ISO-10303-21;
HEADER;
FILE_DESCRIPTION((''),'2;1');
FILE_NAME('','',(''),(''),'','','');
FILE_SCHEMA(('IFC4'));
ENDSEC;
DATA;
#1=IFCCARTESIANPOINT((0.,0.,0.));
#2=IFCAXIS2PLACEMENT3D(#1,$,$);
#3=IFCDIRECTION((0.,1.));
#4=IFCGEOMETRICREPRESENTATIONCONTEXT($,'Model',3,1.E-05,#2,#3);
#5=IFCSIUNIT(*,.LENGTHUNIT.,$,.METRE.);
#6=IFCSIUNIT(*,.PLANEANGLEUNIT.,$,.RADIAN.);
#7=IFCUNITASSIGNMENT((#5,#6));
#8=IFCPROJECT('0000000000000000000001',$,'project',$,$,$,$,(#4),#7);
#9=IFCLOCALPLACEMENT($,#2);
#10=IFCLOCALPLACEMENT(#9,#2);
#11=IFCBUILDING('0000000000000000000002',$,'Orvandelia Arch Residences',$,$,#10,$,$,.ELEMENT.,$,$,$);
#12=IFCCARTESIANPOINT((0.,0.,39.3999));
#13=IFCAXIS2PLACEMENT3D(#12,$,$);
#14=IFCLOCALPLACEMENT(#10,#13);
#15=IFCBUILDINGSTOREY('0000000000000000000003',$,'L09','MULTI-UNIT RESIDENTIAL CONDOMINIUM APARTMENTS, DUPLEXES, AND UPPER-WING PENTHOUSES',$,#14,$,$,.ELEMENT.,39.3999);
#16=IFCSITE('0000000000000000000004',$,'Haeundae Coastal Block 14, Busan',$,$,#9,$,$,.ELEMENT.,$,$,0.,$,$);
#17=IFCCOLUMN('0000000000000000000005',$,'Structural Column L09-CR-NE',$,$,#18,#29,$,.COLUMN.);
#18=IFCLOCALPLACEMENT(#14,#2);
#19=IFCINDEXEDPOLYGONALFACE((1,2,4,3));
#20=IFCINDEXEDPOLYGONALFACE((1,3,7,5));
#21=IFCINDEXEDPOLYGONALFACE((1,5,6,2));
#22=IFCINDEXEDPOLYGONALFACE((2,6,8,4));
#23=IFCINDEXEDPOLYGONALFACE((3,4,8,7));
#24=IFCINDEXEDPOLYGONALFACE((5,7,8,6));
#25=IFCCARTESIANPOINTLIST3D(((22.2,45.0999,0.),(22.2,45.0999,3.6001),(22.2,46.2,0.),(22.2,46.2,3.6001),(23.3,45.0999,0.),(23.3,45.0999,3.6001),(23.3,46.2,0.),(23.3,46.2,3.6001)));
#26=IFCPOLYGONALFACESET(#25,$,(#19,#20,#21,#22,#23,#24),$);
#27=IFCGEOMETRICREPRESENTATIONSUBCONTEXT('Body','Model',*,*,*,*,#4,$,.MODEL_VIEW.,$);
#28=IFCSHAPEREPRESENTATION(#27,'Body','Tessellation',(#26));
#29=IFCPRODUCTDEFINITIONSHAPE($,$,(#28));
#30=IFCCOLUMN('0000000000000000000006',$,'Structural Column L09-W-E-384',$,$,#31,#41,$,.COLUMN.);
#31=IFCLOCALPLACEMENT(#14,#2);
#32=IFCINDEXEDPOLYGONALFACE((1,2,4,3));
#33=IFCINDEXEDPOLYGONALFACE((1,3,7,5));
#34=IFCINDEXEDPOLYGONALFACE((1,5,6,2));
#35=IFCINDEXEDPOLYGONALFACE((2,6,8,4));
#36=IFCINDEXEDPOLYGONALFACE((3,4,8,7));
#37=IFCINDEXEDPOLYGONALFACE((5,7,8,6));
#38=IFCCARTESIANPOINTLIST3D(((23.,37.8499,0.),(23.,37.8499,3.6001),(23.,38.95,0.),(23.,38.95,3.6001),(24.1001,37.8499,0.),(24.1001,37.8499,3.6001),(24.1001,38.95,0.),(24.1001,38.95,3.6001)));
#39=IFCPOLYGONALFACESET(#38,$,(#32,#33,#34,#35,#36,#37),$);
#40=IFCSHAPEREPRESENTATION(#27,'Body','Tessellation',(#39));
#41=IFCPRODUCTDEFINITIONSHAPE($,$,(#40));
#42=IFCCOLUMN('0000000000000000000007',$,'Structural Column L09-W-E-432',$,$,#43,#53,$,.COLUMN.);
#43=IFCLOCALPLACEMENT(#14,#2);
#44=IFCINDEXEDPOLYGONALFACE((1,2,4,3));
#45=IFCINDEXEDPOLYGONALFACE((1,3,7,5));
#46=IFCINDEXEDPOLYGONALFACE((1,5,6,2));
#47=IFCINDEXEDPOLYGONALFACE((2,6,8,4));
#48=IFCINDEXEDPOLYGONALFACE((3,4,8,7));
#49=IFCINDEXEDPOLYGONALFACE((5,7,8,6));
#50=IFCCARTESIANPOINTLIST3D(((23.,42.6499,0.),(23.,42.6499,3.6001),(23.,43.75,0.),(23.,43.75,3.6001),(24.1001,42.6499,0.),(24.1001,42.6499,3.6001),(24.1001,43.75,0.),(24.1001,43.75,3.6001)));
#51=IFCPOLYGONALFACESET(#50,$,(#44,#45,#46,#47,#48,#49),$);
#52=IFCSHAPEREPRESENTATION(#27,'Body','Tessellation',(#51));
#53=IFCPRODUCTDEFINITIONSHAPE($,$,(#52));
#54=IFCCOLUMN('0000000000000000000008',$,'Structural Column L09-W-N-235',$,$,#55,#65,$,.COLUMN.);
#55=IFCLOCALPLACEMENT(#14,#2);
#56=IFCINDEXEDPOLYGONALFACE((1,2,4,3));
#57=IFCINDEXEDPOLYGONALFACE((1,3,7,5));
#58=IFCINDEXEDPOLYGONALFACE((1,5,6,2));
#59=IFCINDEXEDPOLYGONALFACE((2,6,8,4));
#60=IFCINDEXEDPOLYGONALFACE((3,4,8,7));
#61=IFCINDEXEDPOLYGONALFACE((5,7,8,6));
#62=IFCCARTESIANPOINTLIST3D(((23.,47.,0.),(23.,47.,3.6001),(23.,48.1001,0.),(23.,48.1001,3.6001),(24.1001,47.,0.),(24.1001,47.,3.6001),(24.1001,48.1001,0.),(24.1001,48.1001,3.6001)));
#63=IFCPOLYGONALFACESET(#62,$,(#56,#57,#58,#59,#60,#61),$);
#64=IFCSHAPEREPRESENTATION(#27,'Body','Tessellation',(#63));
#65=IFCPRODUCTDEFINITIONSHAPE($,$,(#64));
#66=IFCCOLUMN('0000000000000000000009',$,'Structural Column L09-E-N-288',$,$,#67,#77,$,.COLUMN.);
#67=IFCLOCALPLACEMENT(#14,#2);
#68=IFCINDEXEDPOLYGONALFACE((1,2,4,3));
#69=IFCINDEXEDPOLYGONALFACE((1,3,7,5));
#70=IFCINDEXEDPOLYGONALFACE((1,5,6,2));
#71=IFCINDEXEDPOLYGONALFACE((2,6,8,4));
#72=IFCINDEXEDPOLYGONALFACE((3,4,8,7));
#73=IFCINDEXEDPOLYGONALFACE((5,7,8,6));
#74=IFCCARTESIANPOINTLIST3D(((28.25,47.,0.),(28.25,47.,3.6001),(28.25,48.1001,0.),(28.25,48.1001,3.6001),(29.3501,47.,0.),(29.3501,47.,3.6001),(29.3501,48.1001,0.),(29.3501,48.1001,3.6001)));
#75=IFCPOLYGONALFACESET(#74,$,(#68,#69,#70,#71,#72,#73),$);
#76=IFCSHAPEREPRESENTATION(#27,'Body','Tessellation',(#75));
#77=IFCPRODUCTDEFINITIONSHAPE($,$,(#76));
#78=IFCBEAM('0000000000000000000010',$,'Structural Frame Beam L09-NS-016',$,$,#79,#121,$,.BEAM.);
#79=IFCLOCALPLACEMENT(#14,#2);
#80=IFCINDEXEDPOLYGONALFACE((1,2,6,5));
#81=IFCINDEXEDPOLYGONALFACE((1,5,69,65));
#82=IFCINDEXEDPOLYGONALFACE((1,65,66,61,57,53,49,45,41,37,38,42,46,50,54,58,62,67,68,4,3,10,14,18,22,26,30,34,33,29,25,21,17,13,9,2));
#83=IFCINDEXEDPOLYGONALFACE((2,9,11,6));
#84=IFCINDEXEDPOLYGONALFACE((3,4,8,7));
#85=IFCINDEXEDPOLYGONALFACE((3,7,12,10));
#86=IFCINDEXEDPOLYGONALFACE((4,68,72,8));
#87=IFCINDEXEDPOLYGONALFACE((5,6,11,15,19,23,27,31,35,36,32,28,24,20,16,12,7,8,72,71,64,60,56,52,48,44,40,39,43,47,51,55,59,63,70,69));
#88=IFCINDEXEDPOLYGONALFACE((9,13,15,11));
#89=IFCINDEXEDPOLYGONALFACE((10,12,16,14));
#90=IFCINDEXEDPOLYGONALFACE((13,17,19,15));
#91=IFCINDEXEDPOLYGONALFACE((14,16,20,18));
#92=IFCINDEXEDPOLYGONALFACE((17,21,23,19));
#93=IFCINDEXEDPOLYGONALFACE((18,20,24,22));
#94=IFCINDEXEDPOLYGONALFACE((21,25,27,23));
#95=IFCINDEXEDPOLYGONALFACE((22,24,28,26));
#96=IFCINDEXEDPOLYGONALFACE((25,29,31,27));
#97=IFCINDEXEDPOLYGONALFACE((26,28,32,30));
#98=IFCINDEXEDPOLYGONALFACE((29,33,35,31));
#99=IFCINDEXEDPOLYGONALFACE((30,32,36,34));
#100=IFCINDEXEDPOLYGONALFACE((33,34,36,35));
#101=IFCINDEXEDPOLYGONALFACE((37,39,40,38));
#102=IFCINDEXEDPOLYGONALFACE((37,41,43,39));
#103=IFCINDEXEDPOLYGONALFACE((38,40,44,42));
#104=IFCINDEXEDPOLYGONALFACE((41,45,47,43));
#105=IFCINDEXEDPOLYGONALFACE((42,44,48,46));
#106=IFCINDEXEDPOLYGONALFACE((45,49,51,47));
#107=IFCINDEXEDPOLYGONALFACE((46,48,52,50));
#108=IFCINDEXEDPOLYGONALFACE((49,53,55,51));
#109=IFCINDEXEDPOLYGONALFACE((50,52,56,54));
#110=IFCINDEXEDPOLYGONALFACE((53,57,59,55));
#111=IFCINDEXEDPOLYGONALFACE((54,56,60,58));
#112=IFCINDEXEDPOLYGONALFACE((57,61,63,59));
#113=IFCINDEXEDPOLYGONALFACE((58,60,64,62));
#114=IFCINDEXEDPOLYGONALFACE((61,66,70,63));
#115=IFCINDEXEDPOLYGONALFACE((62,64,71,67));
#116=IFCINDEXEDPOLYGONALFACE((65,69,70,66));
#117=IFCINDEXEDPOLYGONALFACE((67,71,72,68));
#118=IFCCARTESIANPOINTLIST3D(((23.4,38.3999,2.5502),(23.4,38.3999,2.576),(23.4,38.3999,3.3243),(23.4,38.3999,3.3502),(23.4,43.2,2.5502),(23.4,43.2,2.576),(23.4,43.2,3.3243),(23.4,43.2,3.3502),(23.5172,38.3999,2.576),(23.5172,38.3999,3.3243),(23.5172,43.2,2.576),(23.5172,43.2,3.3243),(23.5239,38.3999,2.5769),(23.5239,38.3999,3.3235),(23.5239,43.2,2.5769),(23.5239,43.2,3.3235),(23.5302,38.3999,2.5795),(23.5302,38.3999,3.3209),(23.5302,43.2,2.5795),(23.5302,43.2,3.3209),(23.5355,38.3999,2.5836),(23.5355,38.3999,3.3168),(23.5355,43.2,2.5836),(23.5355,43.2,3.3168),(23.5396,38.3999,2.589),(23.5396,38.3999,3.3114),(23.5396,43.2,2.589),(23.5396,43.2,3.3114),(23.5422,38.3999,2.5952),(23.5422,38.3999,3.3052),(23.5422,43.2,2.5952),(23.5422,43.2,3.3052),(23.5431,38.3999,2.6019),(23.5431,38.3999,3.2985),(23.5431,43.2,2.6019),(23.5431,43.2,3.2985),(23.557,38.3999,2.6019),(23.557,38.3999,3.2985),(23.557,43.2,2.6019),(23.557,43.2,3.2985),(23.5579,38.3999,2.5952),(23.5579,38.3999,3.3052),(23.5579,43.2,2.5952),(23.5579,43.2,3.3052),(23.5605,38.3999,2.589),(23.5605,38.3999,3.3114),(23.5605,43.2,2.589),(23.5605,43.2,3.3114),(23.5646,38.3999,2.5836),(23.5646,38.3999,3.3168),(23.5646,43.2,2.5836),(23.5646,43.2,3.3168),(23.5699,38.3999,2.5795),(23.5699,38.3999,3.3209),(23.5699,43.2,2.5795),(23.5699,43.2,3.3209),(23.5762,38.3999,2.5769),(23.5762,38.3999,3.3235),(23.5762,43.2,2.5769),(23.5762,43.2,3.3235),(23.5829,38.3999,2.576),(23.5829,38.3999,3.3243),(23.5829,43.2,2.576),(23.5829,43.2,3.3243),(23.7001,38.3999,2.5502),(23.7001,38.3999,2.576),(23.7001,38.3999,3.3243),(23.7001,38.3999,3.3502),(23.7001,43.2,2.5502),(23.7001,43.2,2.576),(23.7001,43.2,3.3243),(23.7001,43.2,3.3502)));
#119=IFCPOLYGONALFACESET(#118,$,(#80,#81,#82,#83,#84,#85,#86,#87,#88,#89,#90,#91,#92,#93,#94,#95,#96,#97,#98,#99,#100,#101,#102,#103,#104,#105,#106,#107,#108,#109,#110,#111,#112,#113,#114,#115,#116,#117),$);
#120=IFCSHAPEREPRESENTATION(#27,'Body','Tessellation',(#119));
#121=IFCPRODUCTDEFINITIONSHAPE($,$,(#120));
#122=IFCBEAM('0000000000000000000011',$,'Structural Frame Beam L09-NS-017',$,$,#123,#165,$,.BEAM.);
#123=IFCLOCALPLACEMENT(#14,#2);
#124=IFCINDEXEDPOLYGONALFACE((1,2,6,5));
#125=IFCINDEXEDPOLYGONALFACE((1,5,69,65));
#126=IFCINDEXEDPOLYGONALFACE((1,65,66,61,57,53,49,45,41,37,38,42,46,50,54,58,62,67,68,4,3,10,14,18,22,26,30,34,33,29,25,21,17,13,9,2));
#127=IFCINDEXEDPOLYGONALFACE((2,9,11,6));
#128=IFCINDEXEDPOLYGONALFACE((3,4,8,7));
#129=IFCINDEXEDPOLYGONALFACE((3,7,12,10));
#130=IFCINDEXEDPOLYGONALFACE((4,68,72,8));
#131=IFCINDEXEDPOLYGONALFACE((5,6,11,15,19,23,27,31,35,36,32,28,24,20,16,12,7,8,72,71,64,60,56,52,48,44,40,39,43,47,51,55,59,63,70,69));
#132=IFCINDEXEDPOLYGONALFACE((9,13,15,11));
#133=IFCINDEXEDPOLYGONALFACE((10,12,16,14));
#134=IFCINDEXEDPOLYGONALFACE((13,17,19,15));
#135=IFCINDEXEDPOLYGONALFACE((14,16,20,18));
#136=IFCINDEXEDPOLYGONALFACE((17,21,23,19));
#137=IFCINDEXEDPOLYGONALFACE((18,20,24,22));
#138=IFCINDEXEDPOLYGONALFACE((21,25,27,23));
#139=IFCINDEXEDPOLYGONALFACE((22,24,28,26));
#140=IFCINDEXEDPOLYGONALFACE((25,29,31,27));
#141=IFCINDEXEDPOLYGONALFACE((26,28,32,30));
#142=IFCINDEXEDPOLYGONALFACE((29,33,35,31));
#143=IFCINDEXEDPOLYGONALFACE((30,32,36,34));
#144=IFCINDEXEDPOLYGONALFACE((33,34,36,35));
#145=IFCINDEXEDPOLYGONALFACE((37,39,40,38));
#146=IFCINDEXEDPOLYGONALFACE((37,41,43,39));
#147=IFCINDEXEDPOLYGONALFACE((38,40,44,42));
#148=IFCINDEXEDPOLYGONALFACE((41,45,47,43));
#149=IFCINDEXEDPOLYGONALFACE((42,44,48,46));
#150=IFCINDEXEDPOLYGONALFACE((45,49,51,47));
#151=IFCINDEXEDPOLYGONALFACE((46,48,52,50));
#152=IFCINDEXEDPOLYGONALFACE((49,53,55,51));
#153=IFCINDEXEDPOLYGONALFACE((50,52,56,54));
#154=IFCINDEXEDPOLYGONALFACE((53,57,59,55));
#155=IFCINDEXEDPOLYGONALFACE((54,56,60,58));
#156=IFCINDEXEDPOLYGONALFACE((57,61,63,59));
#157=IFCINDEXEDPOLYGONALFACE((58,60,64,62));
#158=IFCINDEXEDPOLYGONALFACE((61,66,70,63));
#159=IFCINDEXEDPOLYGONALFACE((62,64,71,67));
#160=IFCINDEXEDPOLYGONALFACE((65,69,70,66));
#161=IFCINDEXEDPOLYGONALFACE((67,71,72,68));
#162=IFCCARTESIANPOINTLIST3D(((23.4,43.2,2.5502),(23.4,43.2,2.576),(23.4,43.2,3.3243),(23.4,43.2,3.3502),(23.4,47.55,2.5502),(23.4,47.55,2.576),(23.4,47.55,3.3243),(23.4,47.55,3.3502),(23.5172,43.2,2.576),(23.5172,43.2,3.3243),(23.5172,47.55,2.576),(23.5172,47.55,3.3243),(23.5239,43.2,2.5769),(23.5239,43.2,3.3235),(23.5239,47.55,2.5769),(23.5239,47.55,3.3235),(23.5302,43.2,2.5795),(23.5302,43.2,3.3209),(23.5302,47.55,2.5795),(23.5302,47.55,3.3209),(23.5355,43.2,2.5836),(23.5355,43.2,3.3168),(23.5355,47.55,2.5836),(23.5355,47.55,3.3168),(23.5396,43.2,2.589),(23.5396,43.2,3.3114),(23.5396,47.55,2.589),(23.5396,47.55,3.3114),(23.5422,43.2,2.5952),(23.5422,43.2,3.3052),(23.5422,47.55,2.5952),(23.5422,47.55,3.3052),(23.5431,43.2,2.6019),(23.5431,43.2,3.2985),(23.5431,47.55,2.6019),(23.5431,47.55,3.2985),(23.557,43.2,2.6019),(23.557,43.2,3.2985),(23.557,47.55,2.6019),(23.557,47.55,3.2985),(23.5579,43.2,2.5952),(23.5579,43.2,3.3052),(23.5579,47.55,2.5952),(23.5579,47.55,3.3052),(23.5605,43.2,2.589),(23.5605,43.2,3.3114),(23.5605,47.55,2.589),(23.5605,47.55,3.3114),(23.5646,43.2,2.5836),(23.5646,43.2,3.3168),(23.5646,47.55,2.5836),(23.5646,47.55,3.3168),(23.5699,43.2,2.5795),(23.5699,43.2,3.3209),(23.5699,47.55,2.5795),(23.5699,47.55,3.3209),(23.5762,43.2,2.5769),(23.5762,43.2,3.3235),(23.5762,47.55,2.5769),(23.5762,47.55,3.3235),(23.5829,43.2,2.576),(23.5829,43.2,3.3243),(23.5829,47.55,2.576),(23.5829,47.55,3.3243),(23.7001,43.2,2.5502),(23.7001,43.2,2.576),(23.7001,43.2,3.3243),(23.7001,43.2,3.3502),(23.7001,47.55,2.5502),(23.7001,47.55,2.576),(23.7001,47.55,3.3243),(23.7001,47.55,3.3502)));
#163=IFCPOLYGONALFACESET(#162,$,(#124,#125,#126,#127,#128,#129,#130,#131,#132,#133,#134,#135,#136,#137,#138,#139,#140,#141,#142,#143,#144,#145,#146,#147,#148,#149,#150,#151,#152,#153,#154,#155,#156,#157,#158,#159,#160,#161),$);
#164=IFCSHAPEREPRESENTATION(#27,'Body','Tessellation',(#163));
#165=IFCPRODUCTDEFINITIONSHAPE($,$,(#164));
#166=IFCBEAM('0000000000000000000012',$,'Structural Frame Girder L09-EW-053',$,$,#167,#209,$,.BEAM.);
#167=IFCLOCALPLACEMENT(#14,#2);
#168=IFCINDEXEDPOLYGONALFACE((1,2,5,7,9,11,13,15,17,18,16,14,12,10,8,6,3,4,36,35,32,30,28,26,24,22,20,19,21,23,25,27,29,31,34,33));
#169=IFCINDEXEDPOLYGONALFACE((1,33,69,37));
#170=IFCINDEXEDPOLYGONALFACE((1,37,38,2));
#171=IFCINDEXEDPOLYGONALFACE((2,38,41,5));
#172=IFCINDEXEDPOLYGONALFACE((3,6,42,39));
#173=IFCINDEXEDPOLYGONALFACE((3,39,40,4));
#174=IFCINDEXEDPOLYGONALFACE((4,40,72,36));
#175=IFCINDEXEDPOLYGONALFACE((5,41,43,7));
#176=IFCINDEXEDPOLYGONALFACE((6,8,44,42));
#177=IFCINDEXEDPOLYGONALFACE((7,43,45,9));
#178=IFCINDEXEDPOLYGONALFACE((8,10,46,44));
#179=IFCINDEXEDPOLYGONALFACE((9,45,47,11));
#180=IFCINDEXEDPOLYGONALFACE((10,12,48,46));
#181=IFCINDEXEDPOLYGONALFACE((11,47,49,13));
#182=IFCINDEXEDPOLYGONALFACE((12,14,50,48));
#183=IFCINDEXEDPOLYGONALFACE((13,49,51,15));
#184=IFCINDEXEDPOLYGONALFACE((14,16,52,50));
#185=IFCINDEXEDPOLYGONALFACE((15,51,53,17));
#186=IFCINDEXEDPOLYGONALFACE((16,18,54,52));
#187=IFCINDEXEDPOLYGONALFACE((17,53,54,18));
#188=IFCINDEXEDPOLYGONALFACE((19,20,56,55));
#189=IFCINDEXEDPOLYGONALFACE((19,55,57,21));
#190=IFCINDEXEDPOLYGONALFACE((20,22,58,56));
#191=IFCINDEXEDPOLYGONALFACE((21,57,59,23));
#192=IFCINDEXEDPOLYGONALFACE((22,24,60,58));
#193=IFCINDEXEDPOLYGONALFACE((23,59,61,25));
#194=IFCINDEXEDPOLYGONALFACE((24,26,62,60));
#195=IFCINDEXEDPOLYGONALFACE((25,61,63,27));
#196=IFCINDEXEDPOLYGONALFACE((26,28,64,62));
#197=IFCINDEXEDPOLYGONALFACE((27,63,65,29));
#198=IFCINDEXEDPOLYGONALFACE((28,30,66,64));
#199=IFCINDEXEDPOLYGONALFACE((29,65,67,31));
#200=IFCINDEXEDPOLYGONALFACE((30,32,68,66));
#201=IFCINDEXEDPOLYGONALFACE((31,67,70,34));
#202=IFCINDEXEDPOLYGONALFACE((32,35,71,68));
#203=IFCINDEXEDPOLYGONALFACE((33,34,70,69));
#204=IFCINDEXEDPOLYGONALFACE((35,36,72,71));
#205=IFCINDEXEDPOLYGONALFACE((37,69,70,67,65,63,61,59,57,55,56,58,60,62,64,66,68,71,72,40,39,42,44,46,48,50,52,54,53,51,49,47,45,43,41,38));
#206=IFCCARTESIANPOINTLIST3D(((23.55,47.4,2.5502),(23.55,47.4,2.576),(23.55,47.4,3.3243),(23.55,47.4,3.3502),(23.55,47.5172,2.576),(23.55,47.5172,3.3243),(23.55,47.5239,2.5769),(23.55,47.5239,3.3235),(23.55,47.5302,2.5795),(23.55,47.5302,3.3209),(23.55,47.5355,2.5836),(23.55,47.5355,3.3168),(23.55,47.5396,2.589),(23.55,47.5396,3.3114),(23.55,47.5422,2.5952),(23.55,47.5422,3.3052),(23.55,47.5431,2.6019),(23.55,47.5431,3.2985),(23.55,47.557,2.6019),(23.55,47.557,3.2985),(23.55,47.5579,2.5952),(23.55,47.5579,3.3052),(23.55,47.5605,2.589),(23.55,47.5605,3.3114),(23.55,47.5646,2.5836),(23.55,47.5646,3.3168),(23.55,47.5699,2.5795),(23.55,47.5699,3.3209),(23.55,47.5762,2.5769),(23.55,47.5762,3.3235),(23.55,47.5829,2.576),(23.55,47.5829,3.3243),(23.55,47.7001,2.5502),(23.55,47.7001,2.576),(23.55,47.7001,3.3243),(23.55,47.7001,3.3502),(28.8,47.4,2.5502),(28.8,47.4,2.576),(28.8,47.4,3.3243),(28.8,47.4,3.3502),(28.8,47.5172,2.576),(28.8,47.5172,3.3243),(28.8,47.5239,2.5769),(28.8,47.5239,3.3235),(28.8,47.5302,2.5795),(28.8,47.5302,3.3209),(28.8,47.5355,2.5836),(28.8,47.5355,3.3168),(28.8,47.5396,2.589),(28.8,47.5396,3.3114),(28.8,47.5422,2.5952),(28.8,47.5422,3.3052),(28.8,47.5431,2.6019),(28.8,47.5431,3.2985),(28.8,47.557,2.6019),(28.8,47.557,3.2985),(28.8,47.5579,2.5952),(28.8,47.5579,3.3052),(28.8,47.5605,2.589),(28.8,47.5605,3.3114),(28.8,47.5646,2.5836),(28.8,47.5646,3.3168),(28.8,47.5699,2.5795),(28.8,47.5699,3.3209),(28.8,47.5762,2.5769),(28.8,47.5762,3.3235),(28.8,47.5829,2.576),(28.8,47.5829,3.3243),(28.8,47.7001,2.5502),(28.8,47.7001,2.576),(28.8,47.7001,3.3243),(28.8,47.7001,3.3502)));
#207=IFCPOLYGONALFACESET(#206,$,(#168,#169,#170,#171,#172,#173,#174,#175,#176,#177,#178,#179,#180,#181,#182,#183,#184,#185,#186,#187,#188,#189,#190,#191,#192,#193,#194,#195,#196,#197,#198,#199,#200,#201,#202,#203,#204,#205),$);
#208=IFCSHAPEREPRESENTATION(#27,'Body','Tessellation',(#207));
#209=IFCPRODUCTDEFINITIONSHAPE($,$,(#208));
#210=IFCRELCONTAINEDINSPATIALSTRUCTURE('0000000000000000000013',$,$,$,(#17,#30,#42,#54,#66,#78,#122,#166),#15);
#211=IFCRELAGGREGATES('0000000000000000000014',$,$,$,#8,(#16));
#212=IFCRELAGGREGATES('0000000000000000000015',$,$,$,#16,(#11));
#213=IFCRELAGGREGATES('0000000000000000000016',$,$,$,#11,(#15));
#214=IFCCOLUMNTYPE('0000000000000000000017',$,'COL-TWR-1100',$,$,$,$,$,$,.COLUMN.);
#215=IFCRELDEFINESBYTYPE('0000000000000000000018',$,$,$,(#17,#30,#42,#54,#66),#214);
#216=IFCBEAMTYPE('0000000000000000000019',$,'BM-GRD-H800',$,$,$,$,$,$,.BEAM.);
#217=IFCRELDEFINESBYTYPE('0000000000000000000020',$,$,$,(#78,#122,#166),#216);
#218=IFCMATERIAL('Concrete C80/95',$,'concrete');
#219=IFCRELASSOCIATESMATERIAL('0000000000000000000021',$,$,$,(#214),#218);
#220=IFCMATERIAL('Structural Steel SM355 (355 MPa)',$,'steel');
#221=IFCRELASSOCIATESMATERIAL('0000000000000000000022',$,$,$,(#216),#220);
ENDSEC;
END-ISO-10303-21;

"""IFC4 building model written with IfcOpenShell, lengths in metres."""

from ifc_helpers import new_model, si_unit, direction, frame, origin, origin_2d, place, context, subcontext, project, spatial, rectangle, i_section, extrude, material, material_profile, profile_set, type_object, element, save


model = new_model("IFC4")

# Units and contexts
model_context = context("Model", 3, precision=1e-05, world=origin(), true_north=direction((0.0, 1.0)))
body_context = subcontext(model_context, "Body", "Model", "MODEL_VIEW")
ifc_project = project(units=[si_unit("LENGTHUNIT", "METRE"), si_unit("PLANEANGLEUNIT", "RADIAN")], contexts=[model_context])

# Site, building, storey
site_placement = place(None, origin())
site = spatial("IfcSite", under=ifc_project, at=site_placement, Name="Haeundae Coastal Block 14, Busan", CompositionType="ELEMENT", RefElevation=0.0)
building_placement = place(site_placement, origin())
building = spatial("IfcBuilding", under=site, at=building_placement, Name="Orvandelia Arch Residences", CompositionType="ELEMENT")
storey_placement = place(building_placement, frame((0.0, 0.0, 39.3999)))
storey = spatial("IfcBuildingStorey", under=building, at=storey_placement, Name="L09", Description="MULTI-UNIT RESIDENTIAL CONDOMINIUM APARTMENTS, DUPLEXES, AND UPPER-WING PENTHOUSES", CompositionType="ELEMENT", Elevation=39.3999)

# Columns
ifc_material_1 = material(Name="Concrete C80/95", Category="concrete")
ifc_material_profile_1 = material_profile(ifc_material_1, rectangle(XDim=1.1001, YDim=1.1001, at=origin_2d()), Name="Concrete C80/95", Category="concrete")
ifc_profile_set_1 = profile_set([ifc_material_profile_1], Name="Concrete C80/95")
column_type = type_object("IfcColumnType", Name="COL-TWR-1100", PredefinedType="COLUMN", material=ifc_profile_set_1)
for number, where, z_axis, x_axis, name in (
    (1, (22.75, 45.6499, 0.0), (0.0, 0.0, 1.0), (1.0, 0.0, 0.0), "Structural Column L09-CR-NE"),
    (2, (23.55, 38.3999, 0.0), (0.0, 0.0, 1.0), (1.0, 0.0, 0.0), "Structural Column L09-W-E-384"),
    (3, (23.55, 43.2, 0.0), (0.0, 0.0, 1.0), (1.0, 0.0, 0.0), "Structural Column L09-W-E-432"),
    (4, (23.55, 47.55, 0.0), (0.0, 0.0, 1.0), (1.0, 0.0, 0.0), "Structural Column L09-W-N-235"),
    (5, (28.8, 47.55, 0.0), (0.0, 0.0, 1.0), (1.0, 0.0, 0.0), "Structural Column L09-E-N-288"),
):
    element("IfcColumn", number, at=place(storey_placement, frame(where, z_axis=z_axis, x_axis=x_axis)), inside=storey, type_object=column_type, Name=name, PredefinedType="COLUMN", context=body_context, shape_type="SweptSolid", body=[
        extrude(rectangle(XDim=1.1001, YDim=1.1001, at=origin_2d()), origin(), (0.0, 0.0, 1.0), 3.6001),
    ])

# Beams
ifc_material_2 = material(Name="Structural Steel SM355 (355 MPa)", Category="steel")
ifc_material_profile_2 = material_profile(ifc_material_2, i_section(OverallWidth=0.3, OverallDepth=0.8, WebThickness=0.0139, FlangeThickness=0.0259, FilletRadius=0.0259, at=origin_2d()), Name="Structural Steel SM355 (355 MPa)", Category="steel")
ifc_profile_set_2 = profile_set([ifc_material_profile_2], Name="Structural Steel SM355 (355 MPa)")
beam_type = type_object("IfcBeamType", Name="BM-GRD-H800", PredefinedType="BEAM", material=ifc_profile_set_2)
beam_1_placement = place(storey_placement, frame((23.55, 38.3999, 2.9502), z_axis=(0.0, 1.0, 0.0), x_axis=(-1.0, 0.0, 0.0)))
element("IfcBeam", 6, at=beam_1_placement, inside=storey, type_object=beam_type, Name="Structural Frame Beam L09-NS-016", PredefinedType="BEAM", context=body_context, shape_type="SweptSolid", body=[
    extrude(i_section(OverallWidth=0.3, OverallDepth=0.8, WebThickness=0.0139, FlangeThickness=0.0259, FilletRadius=0.0259, at=origin_2d()), origin(), (0.0, 0.0, 1.0), 4.8),
])
beam_2_placement = place(storey_placement, frame((23.55, 43.2, 2.9502), z_axis=(0.0, 1.0, 0.0), x_axis=(-1.0, 0.0, 0.0)))
element("IfcBeam", 7, at=beam_2_placement, inside=storey, type_object=beam_type, Name="Structural Frame Beam L09-NS-017", PredefinedType="BEAM", context=body_context, shape_type="SweptSolid", body=[
    extrude(i_section(OverallWidth=0.3, OverallDepth=0.8, WebThickness=0.0139, FlangeThickness=0.0259, FilletRadius=0.0259, at=origin_2d()), origin(), (0.0, 0.0, 1.0), 4.3501),
])
beam_3_placement = place(storey_placement, frame((23.55, 47.55, 2.9502), z_axis=(1.0, 0.0, 0.0), x_axis=(0.0, 1.0, 0.0)))
element("IfcBeam", 8, at=beam_3_placement, inside=storey, type_object=beam_type, Name="Structural Frame Girder L09-EW-053", PredefinedType="BEAM", context=body_context, shape_type="SweptSolid", body=[
    extrude(i_section(OverallWidth=0.3, OverallDepth=0.8, WebThickness=0.0139, FlangeThickness=0.0259, FilletRadius=0.0259, at=origin_2d()), origin(), (0.0, 0.0, 1.0), 5.25),
])

save(model, "model.ifc")
